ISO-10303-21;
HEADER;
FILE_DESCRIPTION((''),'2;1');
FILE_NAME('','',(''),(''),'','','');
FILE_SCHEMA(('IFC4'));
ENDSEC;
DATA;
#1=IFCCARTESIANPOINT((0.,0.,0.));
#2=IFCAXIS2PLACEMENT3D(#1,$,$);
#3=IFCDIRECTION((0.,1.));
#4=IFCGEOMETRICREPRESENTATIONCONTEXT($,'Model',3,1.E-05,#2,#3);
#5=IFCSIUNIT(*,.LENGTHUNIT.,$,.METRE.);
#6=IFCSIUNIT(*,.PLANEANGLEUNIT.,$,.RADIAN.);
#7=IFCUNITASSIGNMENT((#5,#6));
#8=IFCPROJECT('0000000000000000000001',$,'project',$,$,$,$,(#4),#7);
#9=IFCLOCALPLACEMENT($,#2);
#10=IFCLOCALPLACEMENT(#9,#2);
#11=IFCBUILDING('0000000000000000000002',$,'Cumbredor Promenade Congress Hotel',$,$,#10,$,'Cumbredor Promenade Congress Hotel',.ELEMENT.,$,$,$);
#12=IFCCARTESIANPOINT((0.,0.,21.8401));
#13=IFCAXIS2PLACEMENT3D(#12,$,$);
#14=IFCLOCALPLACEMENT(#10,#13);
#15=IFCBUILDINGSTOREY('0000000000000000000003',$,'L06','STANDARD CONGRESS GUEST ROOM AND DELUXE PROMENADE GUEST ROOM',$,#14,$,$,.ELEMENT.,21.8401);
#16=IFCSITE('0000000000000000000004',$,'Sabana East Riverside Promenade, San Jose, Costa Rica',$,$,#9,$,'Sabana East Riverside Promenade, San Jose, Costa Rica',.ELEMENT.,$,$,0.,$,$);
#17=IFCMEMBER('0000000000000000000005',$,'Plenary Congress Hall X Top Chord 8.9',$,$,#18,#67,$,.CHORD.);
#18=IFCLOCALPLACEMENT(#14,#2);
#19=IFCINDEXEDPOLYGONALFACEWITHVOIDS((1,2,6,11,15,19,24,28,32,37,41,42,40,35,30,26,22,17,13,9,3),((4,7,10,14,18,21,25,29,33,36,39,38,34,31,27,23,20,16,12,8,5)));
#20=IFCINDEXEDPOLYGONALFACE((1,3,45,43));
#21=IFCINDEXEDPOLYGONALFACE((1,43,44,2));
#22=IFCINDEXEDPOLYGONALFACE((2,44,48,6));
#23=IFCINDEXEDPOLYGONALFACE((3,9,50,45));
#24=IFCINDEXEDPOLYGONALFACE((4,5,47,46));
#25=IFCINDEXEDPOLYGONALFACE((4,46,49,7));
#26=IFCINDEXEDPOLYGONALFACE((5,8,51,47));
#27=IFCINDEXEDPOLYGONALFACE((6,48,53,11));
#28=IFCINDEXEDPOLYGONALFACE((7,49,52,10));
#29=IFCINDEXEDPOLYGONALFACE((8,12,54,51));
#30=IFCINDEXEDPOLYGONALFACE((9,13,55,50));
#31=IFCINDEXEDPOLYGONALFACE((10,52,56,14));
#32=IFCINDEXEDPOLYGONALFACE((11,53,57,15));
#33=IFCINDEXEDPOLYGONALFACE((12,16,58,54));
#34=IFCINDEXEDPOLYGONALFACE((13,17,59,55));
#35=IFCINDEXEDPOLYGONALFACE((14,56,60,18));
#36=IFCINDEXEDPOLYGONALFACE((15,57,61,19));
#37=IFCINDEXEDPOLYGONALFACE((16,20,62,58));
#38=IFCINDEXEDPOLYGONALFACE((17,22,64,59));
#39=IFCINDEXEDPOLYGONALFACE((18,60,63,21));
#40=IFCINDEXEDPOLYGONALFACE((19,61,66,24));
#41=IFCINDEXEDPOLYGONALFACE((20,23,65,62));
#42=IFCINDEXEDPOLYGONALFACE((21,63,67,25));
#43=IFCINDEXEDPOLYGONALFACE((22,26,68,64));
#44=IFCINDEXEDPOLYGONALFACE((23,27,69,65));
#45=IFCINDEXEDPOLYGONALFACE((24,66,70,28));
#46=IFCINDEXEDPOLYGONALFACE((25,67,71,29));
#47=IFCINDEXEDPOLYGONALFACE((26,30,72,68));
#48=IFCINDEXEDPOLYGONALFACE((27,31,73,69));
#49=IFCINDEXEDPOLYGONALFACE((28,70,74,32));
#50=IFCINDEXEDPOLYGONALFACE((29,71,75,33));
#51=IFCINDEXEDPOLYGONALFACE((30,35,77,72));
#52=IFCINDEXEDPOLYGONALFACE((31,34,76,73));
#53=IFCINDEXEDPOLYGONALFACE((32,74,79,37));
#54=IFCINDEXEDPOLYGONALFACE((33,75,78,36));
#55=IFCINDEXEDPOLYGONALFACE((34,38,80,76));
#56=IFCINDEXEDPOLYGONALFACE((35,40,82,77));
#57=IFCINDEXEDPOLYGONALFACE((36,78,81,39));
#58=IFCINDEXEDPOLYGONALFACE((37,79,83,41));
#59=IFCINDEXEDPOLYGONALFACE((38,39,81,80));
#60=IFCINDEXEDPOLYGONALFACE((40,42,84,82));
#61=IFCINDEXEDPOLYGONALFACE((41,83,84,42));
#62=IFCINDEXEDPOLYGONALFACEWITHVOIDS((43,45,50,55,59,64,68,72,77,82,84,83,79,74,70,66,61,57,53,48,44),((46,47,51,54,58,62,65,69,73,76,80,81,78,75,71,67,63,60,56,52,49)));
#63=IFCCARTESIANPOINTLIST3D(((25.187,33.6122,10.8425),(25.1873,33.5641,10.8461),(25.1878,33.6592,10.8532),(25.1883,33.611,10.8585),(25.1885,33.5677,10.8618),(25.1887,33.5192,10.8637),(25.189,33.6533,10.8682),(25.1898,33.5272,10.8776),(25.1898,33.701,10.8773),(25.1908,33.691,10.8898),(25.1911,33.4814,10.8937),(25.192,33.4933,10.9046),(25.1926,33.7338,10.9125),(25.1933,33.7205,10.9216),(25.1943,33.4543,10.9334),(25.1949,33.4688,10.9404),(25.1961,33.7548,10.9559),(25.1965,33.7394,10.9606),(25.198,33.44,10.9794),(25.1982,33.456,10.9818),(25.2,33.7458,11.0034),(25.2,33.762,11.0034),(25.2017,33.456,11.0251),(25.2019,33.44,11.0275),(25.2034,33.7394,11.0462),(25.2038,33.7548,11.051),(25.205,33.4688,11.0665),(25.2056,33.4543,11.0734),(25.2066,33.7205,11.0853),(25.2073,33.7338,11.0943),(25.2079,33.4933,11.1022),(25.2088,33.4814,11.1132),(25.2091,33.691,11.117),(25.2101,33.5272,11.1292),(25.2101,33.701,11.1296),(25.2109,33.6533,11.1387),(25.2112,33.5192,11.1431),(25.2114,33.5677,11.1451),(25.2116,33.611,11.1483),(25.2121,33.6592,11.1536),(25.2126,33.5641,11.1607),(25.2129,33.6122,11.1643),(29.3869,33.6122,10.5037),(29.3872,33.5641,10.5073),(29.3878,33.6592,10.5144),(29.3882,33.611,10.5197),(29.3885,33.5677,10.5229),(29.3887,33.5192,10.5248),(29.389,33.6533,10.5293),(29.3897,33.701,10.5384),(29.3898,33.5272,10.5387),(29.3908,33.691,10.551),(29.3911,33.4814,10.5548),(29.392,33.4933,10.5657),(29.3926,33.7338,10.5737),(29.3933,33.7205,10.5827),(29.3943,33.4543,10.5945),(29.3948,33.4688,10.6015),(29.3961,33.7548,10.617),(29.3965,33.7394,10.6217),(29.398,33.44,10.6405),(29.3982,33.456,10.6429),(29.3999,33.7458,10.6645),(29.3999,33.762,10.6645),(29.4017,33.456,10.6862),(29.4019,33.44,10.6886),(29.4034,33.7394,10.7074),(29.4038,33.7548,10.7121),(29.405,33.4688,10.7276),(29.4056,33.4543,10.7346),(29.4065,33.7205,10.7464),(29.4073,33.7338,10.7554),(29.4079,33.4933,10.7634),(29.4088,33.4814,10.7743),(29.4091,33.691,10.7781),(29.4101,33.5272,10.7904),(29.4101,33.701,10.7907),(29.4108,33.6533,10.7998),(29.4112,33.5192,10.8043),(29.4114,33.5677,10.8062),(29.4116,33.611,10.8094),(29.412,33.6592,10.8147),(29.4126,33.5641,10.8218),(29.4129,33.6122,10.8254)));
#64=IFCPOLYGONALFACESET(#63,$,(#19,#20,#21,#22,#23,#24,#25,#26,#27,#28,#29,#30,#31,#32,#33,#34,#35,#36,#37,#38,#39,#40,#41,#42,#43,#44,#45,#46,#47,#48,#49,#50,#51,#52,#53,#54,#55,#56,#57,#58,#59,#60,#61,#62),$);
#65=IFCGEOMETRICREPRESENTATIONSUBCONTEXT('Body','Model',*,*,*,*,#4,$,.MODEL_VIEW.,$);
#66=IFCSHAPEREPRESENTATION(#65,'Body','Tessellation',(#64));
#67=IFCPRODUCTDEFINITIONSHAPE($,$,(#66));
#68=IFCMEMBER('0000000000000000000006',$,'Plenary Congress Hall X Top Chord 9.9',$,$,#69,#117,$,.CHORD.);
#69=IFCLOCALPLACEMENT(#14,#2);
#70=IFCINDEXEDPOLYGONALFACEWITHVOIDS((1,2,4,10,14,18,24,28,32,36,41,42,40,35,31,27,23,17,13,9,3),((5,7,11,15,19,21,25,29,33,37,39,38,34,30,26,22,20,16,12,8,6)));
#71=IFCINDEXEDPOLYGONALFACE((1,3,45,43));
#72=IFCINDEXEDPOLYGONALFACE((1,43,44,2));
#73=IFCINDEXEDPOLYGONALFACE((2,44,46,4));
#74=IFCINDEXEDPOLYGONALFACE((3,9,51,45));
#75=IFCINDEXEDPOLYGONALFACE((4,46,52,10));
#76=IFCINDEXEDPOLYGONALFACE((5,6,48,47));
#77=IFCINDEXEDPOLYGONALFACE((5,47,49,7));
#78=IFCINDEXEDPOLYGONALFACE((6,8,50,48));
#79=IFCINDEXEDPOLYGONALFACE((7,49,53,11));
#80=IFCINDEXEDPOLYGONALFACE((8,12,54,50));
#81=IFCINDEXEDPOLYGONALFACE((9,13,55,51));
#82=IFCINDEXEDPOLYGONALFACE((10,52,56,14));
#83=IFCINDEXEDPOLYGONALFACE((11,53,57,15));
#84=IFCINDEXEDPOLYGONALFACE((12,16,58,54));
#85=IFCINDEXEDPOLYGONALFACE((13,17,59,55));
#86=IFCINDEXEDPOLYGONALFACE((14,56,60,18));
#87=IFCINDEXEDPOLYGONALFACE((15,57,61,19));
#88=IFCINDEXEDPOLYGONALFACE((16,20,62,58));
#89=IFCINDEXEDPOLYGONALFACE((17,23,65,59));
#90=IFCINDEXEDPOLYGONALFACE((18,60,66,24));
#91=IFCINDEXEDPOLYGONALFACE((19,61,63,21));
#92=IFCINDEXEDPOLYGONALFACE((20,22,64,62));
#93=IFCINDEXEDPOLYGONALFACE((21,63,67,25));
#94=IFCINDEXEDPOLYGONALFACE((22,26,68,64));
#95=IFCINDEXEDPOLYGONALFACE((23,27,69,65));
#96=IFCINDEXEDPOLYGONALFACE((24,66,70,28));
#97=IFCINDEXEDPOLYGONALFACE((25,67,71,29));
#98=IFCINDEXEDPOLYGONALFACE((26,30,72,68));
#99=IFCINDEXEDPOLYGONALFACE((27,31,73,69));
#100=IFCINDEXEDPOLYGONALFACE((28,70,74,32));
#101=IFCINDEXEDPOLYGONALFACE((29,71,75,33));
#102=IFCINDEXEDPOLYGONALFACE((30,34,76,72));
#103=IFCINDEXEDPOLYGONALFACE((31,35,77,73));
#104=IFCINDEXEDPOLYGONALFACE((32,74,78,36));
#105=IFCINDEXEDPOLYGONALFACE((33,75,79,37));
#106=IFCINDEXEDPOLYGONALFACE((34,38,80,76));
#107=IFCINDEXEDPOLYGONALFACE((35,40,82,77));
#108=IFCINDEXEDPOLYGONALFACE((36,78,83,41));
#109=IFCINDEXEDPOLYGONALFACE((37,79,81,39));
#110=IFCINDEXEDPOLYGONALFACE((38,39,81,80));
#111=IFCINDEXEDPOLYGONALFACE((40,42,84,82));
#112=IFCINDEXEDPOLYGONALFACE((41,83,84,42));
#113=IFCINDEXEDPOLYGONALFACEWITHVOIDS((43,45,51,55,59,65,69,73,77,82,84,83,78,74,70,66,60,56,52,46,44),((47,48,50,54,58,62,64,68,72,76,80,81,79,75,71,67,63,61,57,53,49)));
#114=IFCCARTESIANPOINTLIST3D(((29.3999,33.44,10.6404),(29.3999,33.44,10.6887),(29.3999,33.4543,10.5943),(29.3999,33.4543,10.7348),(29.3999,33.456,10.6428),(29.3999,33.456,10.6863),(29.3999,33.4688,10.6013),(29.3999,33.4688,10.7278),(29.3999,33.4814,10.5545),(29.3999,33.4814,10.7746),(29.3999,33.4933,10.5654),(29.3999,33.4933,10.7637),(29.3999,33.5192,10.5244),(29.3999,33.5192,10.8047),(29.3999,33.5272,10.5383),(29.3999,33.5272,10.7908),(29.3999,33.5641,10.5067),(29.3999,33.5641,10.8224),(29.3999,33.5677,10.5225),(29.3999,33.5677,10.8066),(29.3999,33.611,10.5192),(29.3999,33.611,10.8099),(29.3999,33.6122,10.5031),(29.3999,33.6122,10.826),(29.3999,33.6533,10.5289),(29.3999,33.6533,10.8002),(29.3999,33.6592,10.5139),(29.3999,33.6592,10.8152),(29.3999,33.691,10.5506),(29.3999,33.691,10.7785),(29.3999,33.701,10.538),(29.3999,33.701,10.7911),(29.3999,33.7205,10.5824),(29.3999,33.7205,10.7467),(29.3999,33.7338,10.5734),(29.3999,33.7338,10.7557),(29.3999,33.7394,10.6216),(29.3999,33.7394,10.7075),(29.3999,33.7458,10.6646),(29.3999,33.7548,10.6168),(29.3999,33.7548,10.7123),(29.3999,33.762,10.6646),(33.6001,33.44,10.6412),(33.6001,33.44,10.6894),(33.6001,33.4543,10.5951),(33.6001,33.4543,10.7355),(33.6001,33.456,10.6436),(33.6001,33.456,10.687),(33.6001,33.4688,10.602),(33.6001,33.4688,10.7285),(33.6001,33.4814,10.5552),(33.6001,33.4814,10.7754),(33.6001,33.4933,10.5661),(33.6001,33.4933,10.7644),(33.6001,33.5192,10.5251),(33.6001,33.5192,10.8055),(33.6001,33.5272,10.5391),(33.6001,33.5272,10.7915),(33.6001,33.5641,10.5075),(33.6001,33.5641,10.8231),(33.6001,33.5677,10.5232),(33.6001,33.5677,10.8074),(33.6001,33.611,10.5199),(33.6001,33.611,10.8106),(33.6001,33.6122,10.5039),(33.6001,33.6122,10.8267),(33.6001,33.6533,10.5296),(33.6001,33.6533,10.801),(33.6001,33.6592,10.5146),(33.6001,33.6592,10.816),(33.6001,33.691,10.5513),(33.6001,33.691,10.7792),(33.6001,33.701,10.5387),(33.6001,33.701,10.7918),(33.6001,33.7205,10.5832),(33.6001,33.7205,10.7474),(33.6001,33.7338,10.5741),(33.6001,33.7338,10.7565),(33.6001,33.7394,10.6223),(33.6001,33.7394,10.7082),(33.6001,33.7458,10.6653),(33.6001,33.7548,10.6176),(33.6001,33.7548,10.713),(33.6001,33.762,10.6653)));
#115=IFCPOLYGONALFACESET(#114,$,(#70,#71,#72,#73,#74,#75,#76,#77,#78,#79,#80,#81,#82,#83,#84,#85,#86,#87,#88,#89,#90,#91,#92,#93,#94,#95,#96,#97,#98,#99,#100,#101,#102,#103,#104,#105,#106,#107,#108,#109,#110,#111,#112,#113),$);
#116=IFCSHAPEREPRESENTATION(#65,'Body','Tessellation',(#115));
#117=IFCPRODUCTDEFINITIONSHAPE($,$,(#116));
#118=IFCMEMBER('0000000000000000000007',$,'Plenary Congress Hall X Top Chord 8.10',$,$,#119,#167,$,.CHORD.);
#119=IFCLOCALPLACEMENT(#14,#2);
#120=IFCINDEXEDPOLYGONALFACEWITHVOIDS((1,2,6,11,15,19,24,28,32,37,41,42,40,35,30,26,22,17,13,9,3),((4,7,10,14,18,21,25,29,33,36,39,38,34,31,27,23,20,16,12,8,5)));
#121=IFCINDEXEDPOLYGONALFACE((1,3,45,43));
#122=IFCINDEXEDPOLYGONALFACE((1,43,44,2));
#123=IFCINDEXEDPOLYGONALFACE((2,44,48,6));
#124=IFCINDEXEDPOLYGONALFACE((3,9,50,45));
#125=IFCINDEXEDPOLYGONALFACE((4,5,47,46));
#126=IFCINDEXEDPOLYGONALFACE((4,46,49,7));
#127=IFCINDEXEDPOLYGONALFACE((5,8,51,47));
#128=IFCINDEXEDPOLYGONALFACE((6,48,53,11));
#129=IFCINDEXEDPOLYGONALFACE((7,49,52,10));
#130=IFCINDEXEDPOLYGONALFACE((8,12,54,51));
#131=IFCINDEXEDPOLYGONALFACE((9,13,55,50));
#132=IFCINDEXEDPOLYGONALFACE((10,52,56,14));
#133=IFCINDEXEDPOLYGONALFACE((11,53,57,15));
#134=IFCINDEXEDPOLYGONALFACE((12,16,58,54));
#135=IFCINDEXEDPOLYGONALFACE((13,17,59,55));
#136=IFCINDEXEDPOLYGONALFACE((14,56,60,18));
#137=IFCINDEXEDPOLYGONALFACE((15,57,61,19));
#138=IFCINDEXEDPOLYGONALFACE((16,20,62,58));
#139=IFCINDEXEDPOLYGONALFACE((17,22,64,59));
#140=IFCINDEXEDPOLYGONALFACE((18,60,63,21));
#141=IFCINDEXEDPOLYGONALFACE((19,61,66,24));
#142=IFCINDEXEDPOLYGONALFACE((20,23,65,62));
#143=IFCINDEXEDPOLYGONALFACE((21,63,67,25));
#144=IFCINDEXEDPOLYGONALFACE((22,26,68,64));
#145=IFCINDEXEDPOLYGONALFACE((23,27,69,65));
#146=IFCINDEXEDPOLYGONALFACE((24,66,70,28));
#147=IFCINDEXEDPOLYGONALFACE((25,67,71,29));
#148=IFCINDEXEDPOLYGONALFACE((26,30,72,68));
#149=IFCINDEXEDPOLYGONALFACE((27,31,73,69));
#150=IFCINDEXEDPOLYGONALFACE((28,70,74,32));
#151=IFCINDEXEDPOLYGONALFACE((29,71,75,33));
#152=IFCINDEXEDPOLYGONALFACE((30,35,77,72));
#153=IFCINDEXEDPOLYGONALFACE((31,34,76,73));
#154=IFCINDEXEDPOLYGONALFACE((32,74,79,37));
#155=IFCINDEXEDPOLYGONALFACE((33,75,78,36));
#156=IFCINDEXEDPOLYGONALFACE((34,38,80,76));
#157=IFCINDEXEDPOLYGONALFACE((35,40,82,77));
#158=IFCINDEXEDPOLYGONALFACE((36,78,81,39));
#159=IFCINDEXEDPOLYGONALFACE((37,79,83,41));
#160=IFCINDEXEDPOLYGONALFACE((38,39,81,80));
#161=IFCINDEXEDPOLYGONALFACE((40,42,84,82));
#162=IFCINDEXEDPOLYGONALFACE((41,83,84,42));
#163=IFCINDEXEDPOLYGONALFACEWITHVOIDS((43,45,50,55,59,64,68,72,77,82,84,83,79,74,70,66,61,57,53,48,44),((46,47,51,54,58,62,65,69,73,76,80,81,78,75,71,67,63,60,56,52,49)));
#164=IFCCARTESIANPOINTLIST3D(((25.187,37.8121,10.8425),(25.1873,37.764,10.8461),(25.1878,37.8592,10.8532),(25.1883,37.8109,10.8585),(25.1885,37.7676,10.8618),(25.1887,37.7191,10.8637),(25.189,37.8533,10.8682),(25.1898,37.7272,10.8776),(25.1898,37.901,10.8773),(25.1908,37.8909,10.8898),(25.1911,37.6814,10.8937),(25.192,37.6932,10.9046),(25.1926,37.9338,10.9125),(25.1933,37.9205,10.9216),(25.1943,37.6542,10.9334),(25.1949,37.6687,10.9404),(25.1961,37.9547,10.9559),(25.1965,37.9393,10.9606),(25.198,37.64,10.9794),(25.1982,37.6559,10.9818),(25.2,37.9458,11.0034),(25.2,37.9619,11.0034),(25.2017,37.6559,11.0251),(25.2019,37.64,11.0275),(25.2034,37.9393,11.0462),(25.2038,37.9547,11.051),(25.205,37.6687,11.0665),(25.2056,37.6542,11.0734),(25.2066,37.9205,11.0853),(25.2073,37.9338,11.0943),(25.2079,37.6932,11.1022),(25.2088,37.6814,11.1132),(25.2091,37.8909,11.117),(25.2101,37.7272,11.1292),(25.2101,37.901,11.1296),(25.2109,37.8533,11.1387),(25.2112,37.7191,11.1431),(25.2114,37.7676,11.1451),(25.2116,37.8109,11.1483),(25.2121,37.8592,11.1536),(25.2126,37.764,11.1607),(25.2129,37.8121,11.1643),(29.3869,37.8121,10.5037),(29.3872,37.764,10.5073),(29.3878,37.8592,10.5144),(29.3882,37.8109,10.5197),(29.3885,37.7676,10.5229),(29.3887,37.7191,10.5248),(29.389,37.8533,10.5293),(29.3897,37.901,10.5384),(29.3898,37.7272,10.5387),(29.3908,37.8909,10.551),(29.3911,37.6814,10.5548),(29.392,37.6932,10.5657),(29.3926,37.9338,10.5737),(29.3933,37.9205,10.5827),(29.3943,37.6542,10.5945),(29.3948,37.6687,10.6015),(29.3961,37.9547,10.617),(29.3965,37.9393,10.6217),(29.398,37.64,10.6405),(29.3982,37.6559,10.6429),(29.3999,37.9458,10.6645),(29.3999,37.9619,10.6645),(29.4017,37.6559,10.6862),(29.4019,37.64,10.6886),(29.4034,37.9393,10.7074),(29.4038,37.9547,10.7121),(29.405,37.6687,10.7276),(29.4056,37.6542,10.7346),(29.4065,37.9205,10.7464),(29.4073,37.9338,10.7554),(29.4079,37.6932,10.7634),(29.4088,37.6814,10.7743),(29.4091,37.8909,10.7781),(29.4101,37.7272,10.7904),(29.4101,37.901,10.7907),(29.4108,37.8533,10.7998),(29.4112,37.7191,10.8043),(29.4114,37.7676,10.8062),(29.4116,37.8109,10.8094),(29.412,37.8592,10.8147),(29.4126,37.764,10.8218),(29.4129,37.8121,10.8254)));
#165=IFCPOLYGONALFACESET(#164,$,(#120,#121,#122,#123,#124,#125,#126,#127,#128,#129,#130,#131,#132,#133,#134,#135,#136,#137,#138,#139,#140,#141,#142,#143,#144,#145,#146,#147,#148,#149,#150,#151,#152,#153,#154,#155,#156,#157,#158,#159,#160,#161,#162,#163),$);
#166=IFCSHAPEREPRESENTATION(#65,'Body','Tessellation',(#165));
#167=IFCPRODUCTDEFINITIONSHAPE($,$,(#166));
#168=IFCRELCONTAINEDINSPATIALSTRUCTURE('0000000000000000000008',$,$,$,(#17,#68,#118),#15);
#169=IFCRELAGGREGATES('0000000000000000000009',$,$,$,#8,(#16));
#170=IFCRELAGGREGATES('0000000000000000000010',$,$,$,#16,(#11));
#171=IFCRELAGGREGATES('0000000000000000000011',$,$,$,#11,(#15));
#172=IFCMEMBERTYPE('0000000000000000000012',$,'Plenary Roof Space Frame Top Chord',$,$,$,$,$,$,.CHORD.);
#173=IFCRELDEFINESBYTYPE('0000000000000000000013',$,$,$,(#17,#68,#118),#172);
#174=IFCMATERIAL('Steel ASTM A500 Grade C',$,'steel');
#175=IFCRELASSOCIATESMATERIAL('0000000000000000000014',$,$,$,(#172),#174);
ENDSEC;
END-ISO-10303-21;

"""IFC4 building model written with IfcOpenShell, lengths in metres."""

from ifc_helpers import new_model, si_unit, direction, frame, origin, origin_2d, place, context, subcontext, project, spatial, hollow_circle, extrude, material, material_profile, profile_set, type_object, element, save


model = new_model("IFC4")

# Units and contexts
model_context = context("Model", 3, precision=1e-05, world=origin(), true_north=direction((0.0, 1.0)))
body_context = subcontext(model_context, "Body", "Model", "MODEL_VIEW")
ifc_project = project(units=[si_unit("LENGTHUNIT", "METRE"), si_unit("PLANEANGLEUNIT", "RADIAN")], contexts=[model_context])

# Site, building, storey
site_placement = place(None, origin())
site = spatial("IfcSite", under=ifc_project, at=site_placement, Name="Sabana East Riverside Promenade, San Jose, Costa Rica", LongName="Sabana East Riverside Promenade, San Jose, Costa Rica", CompositionType="ELEMENT", RefElevation=0.0)
building_placement = place(site_placement, origin())
building = spatial("IfcBuilding", under=site, at=building_placement, Name="Cumbredor Promenade Congress Hotel", LongName="Cumbredor Promenade Congress Hotel", CompositionType="ELEMENT")
storey_placement = place(building_placement, frame((0.0, 0.0, 21.8401)))
storey = spatial("IfcBuildingStorey", under=building, at=storey_placement, Name="L06", Description="STANDARD CONGRESS GUEST ROOM AND DELUXE PROMENADE GUEST ROOM", CompositionType="ELEMENT", Elevation=21.8401)

# Members
ifc_material_1 = material(Name="Steel ASTM A500 Grade C", Category="steel")
ifc_material_profile_1 = material_profile(ifc_material_1, hollow_circle(Radius=0.1619, WallThickness=0.0161, at=origin_2d()), Name="CHS 323.9x16")
ifc_profile_set_1 = profile_set([ifc_material_profile_1], Name="Steel ASTM A500 Grade C")
member_type_1 = type_object("IfcMemberType", Name="Plenary Roof Space Frame Top Chord", PredefinedType="CHORD", material=ifc_profile_set_1)
member_1_placement = place(storey_placement, frame((25.2, 33.6001, 11.0034), z_axis=(0.996761, 0.0, -0.080422), x_axis=(0.0, 1.0, 0.0)))
element("IfcMember", 1, at=member_1_placement, inside=storey, type_object=member_type_1, Name="Plenary Congress Hall X Top Chord 8.9", PredefinedType="CHORD", context=body_context, shape_type="SweptSolid", body=[
    extrude(hollow_circle(Radius=0.1619, WallThickness=0.0161, at=origin_2d()), origin(), (0.0, 0.0, 1.0), 4.2136),
])
member_2_placement = place(storey_placement, frame((29.3999, 33.6001, 10.6646), z_axis=(1.0, 0.0, 0.000174), x_axis=(0.0, 1.0, 0.0)))
element("IfcMember", 2, at=member_2_placement, inside=storey, type_object=member_type_1, Name="Plenary Congress Hall X Top Chord 9.9", PredefinedType="CHORD", context=body_context, shape_type="SweptSolid", body=[
    extrude(hollow_circle(Radius=0.1619, WallThickness=0.0161, at=origin_2d()), origin(), (0.0, 0.0, 1.0), 4.2002),
])
member_3_placement = place(storey_placement, frame((25.2, 37.8, 11.0034), z_axis=(0.996761, 0.0, -0.080422), x_axis=(0.0, 1.0, 0.0)))
element("IfcMember", 3, at=member_3_placement, inside=storey, type_object=member_type_1, Name="Plenary Congress Hall X Top Chord 8.10", PredefinedType="CHORD", context=body_context, shape_type="SweptSolid", body=[
    extrude(hollow_circle(Radius=0.1619, WallThickness=0.0161, at=origin_2d()), origin(), (0.0, 0.0, 1.0), 4.2136),
])

save(model, "model.ifc")
